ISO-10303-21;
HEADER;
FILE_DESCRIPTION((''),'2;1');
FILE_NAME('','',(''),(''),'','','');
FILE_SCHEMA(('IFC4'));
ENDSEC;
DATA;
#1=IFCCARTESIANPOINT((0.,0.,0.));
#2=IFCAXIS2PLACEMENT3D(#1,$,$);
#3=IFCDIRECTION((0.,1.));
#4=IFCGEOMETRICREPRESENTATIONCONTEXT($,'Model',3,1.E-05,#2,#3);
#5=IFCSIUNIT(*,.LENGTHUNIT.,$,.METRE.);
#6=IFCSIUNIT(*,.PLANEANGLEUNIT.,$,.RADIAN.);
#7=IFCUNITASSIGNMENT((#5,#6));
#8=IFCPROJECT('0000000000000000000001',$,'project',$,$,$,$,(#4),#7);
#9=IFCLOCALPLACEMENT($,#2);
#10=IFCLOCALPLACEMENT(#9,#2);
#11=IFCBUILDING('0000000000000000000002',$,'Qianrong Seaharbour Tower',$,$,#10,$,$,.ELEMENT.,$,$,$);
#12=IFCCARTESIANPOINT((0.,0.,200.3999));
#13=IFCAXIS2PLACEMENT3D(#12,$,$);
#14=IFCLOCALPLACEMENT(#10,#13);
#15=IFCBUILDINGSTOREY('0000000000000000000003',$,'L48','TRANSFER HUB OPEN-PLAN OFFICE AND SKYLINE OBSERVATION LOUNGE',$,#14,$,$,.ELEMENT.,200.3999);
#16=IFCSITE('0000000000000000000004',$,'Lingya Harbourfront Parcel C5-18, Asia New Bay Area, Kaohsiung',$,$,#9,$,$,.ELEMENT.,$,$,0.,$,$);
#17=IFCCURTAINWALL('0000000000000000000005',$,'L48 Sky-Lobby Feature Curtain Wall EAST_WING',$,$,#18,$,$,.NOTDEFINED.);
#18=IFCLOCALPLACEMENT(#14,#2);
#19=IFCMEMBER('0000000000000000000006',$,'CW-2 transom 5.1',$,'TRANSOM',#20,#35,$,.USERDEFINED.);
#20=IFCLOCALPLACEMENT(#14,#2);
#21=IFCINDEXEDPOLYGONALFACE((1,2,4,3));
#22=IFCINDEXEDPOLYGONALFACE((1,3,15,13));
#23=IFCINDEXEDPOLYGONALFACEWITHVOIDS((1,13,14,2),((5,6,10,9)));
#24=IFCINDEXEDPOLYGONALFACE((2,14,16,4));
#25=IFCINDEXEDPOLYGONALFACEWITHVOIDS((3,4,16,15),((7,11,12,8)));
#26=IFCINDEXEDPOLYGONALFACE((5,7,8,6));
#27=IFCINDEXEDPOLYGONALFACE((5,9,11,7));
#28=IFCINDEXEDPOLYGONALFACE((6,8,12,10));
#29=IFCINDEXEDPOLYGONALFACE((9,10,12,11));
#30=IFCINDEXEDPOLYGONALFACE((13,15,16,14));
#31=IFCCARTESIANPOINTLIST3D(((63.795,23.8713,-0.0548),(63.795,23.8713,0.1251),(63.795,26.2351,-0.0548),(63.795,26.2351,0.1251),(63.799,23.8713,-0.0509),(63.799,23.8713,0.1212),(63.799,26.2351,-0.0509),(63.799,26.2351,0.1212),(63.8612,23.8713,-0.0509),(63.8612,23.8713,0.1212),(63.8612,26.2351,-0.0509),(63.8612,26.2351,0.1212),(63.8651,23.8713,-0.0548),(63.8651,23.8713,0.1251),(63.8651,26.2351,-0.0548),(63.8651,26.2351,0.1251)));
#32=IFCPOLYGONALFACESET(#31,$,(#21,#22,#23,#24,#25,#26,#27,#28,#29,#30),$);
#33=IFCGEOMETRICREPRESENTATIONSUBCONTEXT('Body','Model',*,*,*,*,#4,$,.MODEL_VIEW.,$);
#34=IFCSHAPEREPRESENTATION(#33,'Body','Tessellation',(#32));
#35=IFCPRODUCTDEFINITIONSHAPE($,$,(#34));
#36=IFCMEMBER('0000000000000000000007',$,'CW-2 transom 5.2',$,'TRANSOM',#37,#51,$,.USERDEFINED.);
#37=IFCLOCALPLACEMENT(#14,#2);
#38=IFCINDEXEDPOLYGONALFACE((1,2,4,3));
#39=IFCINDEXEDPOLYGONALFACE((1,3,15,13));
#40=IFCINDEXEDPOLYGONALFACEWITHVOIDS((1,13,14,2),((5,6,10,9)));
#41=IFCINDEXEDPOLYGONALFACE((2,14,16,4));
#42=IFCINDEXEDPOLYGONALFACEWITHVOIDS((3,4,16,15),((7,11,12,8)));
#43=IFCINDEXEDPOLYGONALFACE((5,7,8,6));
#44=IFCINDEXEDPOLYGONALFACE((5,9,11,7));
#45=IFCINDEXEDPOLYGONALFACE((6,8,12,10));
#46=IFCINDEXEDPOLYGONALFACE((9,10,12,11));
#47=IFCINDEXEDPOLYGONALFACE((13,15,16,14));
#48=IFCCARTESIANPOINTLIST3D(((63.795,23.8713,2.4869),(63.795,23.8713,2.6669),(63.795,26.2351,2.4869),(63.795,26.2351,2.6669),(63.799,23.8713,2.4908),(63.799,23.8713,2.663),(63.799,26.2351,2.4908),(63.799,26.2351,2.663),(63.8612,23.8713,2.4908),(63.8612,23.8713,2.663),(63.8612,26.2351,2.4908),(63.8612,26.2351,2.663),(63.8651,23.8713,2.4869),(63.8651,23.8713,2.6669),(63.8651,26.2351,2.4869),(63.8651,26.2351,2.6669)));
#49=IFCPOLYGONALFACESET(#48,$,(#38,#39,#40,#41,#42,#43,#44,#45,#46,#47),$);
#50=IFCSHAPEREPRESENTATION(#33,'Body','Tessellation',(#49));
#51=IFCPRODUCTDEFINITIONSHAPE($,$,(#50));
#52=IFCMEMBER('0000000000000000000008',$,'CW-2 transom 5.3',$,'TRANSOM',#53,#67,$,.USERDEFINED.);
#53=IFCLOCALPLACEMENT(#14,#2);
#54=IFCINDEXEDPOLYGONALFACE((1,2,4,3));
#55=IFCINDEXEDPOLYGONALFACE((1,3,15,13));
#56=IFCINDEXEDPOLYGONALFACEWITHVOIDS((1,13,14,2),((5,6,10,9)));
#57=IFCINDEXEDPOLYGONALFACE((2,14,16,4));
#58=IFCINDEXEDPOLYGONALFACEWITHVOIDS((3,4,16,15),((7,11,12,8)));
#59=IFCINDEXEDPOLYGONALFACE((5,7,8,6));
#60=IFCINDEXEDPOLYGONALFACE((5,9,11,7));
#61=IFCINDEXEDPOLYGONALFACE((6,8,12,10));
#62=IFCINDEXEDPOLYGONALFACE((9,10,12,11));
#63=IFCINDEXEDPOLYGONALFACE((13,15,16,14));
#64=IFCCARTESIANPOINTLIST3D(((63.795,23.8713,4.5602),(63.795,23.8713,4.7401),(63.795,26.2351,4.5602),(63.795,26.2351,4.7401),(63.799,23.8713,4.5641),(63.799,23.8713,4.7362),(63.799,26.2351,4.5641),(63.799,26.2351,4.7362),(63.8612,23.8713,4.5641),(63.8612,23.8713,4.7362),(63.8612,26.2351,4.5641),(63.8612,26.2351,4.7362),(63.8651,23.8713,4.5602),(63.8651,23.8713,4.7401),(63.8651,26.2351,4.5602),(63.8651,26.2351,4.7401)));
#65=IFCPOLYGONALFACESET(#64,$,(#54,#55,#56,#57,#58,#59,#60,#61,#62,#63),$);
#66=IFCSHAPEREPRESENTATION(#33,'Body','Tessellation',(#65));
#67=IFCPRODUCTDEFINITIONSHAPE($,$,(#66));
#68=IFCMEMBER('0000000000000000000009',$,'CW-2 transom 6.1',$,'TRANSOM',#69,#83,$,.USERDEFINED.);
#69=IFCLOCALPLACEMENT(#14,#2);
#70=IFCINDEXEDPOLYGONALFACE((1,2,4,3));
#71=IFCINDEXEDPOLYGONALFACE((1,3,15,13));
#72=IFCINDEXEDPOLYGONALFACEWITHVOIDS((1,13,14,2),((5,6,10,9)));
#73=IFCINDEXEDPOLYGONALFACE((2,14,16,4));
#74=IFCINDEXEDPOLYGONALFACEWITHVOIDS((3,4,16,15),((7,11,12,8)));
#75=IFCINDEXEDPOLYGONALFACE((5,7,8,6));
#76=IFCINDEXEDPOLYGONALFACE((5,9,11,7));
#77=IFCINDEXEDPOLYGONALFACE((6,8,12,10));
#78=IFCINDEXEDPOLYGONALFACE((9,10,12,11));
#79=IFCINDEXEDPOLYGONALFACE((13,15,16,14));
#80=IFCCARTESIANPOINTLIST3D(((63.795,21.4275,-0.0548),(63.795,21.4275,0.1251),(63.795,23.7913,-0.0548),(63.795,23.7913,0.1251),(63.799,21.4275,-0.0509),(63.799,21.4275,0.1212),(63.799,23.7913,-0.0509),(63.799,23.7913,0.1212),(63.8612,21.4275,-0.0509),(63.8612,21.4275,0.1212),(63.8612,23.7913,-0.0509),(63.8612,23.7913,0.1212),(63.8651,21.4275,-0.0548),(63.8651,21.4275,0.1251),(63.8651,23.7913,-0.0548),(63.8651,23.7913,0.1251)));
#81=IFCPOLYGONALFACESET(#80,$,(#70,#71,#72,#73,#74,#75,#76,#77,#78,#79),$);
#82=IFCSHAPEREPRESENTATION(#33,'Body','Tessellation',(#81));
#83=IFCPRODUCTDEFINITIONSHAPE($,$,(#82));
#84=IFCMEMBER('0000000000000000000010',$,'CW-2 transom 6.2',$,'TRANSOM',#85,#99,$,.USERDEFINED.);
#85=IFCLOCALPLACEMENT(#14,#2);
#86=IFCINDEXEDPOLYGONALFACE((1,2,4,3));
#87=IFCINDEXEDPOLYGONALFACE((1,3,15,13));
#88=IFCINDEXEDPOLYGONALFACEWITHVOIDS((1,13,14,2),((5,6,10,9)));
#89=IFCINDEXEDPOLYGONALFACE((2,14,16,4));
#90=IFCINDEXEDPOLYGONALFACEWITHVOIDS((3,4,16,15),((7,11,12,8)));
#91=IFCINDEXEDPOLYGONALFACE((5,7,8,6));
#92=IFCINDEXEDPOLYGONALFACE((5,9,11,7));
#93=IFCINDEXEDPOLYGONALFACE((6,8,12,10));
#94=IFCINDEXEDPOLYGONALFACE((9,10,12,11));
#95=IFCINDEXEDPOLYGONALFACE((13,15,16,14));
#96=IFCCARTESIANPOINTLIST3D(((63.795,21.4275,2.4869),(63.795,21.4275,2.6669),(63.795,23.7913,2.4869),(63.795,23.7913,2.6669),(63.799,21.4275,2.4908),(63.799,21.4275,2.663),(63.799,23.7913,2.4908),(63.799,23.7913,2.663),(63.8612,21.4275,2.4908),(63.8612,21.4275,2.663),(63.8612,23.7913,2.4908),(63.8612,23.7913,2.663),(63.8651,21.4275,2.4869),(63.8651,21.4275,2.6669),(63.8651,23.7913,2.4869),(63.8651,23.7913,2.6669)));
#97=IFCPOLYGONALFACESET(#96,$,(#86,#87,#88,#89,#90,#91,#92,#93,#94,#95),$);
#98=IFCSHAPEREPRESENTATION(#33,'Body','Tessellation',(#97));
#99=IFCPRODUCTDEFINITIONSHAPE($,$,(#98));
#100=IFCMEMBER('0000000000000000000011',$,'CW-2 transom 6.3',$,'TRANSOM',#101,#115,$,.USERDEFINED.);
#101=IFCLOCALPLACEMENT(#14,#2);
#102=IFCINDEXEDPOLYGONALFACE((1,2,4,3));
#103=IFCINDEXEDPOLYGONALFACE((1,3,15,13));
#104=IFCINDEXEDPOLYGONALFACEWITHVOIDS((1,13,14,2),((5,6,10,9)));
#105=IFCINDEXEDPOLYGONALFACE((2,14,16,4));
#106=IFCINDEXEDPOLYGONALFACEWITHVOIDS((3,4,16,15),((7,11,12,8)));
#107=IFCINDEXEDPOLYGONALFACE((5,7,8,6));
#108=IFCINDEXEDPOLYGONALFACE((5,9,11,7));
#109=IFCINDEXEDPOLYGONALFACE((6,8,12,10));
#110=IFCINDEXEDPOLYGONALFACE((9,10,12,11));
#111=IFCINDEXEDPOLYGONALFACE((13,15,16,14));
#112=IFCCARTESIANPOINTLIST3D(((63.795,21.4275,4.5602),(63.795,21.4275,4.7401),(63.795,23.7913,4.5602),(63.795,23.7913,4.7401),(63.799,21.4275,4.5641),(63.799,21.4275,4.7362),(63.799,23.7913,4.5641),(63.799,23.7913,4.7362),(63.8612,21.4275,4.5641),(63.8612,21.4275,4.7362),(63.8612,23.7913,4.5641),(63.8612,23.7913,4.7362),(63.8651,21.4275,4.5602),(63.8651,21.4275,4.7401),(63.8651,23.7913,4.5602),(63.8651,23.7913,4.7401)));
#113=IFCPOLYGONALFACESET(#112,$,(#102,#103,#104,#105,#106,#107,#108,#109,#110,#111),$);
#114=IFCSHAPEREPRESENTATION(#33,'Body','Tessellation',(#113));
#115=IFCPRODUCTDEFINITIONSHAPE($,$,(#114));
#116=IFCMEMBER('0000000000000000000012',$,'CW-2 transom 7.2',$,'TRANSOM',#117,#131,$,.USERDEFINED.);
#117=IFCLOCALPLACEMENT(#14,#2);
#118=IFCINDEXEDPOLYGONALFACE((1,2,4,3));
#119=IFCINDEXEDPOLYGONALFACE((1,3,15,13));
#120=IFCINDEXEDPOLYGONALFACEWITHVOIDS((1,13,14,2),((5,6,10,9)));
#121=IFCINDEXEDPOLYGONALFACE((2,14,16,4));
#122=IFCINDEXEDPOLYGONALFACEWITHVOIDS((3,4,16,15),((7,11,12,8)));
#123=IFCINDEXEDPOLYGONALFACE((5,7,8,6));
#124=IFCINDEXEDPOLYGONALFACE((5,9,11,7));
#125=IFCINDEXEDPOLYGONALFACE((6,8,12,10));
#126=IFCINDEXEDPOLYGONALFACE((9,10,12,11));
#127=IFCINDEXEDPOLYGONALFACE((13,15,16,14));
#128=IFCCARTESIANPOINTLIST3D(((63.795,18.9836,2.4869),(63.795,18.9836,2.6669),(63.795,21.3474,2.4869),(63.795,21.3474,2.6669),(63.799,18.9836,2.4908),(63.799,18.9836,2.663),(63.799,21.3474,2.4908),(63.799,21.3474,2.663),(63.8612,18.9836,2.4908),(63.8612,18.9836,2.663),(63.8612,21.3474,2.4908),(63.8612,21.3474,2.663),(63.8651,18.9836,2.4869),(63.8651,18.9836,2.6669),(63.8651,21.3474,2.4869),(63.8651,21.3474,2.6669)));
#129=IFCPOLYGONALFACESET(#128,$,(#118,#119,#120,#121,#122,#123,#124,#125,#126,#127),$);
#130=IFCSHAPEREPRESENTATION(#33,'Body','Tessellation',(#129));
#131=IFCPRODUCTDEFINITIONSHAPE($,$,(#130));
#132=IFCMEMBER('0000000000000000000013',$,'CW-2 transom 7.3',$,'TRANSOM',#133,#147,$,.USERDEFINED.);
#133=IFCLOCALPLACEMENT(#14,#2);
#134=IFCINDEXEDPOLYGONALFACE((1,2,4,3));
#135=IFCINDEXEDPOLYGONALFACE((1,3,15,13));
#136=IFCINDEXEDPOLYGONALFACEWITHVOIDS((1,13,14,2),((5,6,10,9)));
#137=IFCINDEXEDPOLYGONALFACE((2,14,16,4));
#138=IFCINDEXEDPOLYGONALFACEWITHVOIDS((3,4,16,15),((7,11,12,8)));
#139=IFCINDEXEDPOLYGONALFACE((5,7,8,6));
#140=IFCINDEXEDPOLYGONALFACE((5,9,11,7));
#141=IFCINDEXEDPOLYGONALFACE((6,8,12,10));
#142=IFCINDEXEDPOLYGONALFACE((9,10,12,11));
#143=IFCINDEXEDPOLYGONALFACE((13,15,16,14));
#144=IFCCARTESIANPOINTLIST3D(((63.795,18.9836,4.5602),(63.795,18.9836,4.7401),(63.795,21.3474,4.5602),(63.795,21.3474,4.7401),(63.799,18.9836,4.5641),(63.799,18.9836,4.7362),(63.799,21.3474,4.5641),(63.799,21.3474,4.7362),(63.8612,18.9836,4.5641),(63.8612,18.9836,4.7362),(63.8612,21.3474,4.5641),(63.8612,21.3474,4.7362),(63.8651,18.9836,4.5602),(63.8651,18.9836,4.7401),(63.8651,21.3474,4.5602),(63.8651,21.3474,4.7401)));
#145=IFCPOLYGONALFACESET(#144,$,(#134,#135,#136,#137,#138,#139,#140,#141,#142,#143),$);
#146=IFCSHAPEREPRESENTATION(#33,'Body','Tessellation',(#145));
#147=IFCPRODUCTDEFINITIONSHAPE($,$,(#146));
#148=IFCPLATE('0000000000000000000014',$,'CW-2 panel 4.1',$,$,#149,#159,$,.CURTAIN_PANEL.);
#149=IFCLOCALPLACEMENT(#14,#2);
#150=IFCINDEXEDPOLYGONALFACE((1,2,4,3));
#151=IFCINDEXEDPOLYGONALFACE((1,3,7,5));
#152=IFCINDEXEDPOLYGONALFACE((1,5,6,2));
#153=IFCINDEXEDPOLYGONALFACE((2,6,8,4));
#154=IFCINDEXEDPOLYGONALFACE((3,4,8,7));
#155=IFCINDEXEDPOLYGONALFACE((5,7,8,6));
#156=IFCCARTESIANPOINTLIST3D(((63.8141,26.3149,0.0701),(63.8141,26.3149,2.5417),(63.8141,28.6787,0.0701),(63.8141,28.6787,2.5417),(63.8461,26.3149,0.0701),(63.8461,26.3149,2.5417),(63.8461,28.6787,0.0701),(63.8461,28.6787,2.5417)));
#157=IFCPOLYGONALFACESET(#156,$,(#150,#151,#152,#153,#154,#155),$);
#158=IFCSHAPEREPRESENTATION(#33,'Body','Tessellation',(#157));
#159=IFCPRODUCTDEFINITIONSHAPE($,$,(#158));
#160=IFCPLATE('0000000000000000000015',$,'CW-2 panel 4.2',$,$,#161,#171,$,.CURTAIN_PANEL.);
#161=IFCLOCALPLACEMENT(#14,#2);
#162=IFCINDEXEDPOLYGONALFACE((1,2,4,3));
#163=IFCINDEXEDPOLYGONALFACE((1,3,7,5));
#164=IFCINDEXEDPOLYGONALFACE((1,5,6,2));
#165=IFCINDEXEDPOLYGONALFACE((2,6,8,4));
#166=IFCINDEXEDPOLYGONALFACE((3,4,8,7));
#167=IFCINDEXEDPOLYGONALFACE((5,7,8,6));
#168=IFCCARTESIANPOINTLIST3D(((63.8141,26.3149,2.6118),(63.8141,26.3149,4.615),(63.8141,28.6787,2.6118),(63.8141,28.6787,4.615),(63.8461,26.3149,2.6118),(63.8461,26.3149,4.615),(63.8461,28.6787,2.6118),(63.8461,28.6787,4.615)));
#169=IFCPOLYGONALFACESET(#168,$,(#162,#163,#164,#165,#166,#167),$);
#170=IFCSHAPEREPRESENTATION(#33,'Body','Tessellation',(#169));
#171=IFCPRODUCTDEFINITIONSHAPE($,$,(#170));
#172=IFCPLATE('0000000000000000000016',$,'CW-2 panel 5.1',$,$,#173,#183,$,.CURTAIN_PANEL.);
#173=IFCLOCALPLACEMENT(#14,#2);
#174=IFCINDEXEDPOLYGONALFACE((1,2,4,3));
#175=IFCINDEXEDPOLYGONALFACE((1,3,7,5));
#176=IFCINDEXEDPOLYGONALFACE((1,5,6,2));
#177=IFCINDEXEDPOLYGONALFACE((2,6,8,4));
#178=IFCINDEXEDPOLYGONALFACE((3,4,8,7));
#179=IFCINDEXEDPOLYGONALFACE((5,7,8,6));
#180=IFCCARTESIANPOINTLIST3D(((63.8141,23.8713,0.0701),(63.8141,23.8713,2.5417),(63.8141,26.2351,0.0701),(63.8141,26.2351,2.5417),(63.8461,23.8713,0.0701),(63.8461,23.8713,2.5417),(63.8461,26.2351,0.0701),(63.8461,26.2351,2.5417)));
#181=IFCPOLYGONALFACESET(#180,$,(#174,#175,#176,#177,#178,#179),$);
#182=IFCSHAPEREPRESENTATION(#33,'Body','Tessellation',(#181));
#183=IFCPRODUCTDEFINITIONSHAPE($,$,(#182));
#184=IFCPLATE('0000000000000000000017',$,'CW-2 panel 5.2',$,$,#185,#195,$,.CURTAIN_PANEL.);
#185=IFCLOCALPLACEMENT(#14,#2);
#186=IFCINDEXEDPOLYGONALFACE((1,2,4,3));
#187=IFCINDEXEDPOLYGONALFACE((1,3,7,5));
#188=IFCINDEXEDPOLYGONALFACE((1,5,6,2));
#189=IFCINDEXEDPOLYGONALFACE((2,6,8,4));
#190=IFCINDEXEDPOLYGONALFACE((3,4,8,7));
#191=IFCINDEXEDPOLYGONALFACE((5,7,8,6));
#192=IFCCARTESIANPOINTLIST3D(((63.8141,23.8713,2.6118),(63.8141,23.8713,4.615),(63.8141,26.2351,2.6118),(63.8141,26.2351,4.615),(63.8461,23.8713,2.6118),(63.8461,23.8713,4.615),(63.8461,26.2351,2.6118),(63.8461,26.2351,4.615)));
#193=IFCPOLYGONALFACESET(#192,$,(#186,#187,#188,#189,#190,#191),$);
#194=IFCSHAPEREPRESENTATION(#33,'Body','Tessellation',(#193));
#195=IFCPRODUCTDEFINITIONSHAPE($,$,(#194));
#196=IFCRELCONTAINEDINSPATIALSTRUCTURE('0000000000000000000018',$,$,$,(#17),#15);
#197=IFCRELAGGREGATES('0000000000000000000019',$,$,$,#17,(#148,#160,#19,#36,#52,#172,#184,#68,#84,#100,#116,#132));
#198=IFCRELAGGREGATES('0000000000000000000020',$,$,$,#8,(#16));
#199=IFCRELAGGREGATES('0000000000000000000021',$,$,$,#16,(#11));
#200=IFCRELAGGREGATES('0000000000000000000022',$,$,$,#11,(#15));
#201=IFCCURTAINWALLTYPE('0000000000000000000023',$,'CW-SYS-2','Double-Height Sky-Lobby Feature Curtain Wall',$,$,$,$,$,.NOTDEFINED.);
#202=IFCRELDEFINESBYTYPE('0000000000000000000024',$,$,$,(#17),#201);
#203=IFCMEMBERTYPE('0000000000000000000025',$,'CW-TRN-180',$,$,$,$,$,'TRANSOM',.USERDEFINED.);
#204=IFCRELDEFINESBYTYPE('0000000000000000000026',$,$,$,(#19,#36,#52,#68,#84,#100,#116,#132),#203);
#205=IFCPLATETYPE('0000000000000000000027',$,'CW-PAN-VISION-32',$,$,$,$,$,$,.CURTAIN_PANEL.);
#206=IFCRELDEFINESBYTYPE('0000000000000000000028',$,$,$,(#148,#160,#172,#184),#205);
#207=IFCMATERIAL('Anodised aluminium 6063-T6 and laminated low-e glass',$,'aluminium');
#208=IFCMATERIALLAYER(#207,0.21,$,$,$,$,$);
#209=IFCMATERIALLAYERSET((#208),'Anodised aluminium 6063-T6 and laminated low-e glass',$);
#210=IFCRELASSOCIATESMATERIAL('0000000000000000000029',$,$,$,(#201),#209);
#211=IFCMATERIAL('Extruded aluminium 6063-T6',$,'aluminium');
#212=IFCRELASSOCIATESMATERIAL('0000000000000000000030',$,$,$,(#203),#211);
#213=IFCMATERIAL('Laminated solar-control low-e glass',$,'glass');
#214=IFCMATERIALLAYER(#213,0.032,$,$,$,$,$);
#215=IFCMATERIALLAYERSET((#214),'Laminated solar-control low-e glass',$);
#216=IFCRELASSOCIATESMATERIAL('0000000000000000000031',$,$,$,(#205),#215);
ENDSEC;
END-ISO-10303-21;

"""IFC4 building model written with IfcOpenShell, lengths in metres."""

from ifc_helpers import new_model, si_unit, direction, frame, origin, origin_2d, place, context, subcontext, project, spatial, rectangle, hollow_rectangle, extrude, material, layer, layer_set, material_profile, profile_set, type_object, element, aggregate, save


model = new_model("IFC4")

# Units and contexts
model_context = context("Model", 3, precision=1e-05, world=origin(), true_north=direction((0.0, 1.0)))
body_context = subcontext(model_context, "Body", "Model", "MODEL_VIEW")
ifc_project = project(units=[si_unit("LENGTHUNIT", "METRE"), si_unit("PLANEANGLEUNIT", "RADIAN")], contexts=[model_context])

# Site, building, storey
site_placement = place(None, origin())
site = spatial("IfcSite", under=ifc_project, at=site_placement, Name="Lingya Harbourfront Parcel C5-18, Asia New Bay Area, Kaohsiung", CompositionType="ELEMENT", RefElevation=0.0)
building_placement = place(site_placement, origin())
building = spatial("IfcBuilding", under=site, at=building_placement, Name="Qianrong Seaharbour Tower", CompositionType="ELEMENT")
storey_placement = place(building_placement, frame((0.0, 0.0, 200.3999)))
storey = spatial("IfcBuildingStorey", under=building, at=storey_placement, Name="L48", Description="TRANSFER HUB OPEN-PLAN OFFICE AND SKYLINE OBSERVATION LOUNGE", CompositionType="ELEMENT", Elevation=200.3999)

# Curtain wall, members, plates
ifc_material_1 = material(Name="Anodised aluminium 6063-T6 and laminated low-e glass", Category="aluminium")
ifc_layer_1 = layer(ifc_material_1, 0.21)
ifc_layer_set_1 = layer_set([ifc_layer_1], Name="Anodised aluminium 6063-T6 and laminated low-e glass")
curtain_wall_type = type_object("IfcCurtainWallType", Name="CW-SYS-2", Description="Double-Height Sky-Lobby Feature Curtain Wall", PredefinedType="NOTDEFINED", material=ifc_layer_set_1)
curtain_wall_placement = place(storey_placement, origin())
curtain_wall = element("IfcCurtainWall", 1, at=curtain_wall_placement, inside=storey, type_object=curtain_wall_type, Name="L48 Sky-Lobby Feature Curtain Wall EAST_WING", PredefinedType="NOTDEFINED")
ifc_material_2 = material(Name="Extruded aluminium 6063-T6", Category="aluminium")
ifc_material_profile_1 = material_profile(ifc_material_2, hollow_rectangle(XDim=0.0701, YDim=0.1799, WallThickness=0.0039, at=origin_2d()), Name="ALU-TRN-180x70x4")
ifc_profile_set_1 = profile_set([ifc_material_profile_1], Name="Extruded aluminium 6063-T6")
member_type_1 = type_object("IfcMemberType", Name="CW-TRN-180", ElementType="TRANSOM", PredefinedType="USERDEFINED", material=ifc_profile_set_1)
member_1_placement = place(storey_placement, frame((63.8301, 26.2351, 0.0352), z_axis=(0.0, -1.0, 0.0), x_axis=(1.0, 0.0, 0.0)))
member_1 = element("IfcMember", 2, at=member_1_placement, type_object=member_type_1, Name="CW-2 transom 5.1", ObjectType="TRANSOM", PredefinedType="USERDEFINED", context=body_context, shape_type="SweptSolid", body=[
    extrude(hollow_rectangle(XDim=0.0701, YDim=0.1799, WallThickness=0.0039, at=origin_2d()), origin(), (0.0, 0.0, 1.0), 2.3638),
])
member_2_placement = place(storey_placement, frame((63.8301, 26.2351, 2.5769), z_axis=(0.0, -1.0, 0.0), x_axis=(1.0, 0.0, 0.0)))
member_2 = element("IfcMember", 3, at=member_2_placement, type_object=member_type_1, Name="CW-2 transom 5.2", ObjectType="TRANSOM", PredefinedType="USERDEFINED", context=body_context, shape_type="SweptSolid", body=[
    extrude(hollow_rectangle(XDim=0.0701, YDim=0.1799, WallThickness=0.0039, at=origin_2d()), origin(), (0.0, 0.0, 1.0), 2.3638),
])
member_3_placement = place(storey_placement, frame((63.8301, 26.2351, 4.6501), z_axis=(0.0, -1.0, 0.0), x_axis=(1.0, 0.0, 0.0)))
member_3 = element("IfcMember", 4, at=member_3_placement, type_object=member_type_1, Name="CW-2 transom 5.3", ObjectType="TRANSOM", PredefinedType="USERDEFINED", context=body_context, shape_type="SweptSolid", body=[
    extrude(hollow_rectangle(XDim=0.0701, YDim=0.1799, WallThickness=0.0039, at=origin_2d()), origin(), (0.0, 0.0, 1.0), 2.3638),
])
member_4_placement = place(storey_placement, frame((63.8301, 23.7913, 0.0352), z_axis=(0.0, -1.0, 0.0), x_axis=(1.0, 0.0, 0.0)))
member_4 = element("IfcMember", 5, at=member_4_placement, type_object=member_type_1, Name="CW-2 transom 6.1", ObjectType="TRANSOM", PredefinedType="USERDEFINED", context=body_context, shape_type="SweptSolid", body=[
    extrude(hollow_rectangle(XDim=0.0701, YDim=0.1799, WallThickness=0.0039, at=origin_2d()), origin(), (0.0, 0.0, 1.0), 2.3638),
])
member_5_placement = place(storey_placement, frame((63.8301, 23.7913, 2.5769), z_axis=(0.0, -1.0, 0.0), x_axis=(1.0, 0.0, 0.0)))
member_5 = element("IfcMember", 6, at=member_5_placement, type_object=member_type_1, Name="CW-2 transom 6.2", ObjectType="TRANSOM", PredefinedType="USERDEFINED", context=body_context, shape_type="SweptSolid", body=[
    extrude(hollow_rectangle(XDim=0.0701, YDim=0.1799, WallThickness=0.0039, at=origin_2d()), origin(), (0.0, 0.0, 1.0), 2.3638),
])
member_6_placement = place(storey_placement, frame((63.8301, 23.7913, 4.6501), z_axis=(0.0, -1.0, 0.0), x_axis=(1.0, 0.0, 0.0)))
member_6 = element("IfcMember", 7, at=member_6_placement, type_object=member_type_1, Name="CW-2 transom 6.3", ObjectType="TRANSOM", PredefinedType="USERDEFINED", context=body_context, shape_type="SweptSolid", body=[
    extrude(hollow_rectangle(XDim=0.0701, YDim=0.1799, WallThickness=0.0039, at=origin_2d()), origin(), (0.0, 0.0, 1.0), 2.3638),
])
member_7_placement = place(storey_placement, frame((63.8301, 21.3474, 2.5769), z_axis=(0.0, -1.0, 0.0), x_axis=(1.0, 0.0, 0.0)))
member_7 = element("IfcMember", 8, at=member_7_placement, type_object=member_type_1, Name="CW-2 transom 7.2", ObjectType="TRANSOM", PredefinedType="USERDEFINED", context=body_context, shape_type="SweptSolid", body=[
    extrude(hollow_rectangle(XDim=0.0701, YDim=0.1799, WallThickness=0.0039, at=origin_2d()), origin(), (0.0, 0.0, 1.0), 2.3638),
])
member_8_placement = place(storey_placement, frame((63.8301, 21.3474, 4.6501), z_axis=(0.0, -1.0, 0.0), x_axis=(1.0, 0.0, 0.0)))
member_8 = element("IfcMember", 9, at=member_8_placement, type_object=member_type_1, Name="CW-2 transom 7.3", ObjectType="TRANSOM", PredefinedType="USERDEFINED", context=body_context, shape_type="SweptSolid", body=[
    extrude(hollow_rectangle(XDim=0.0701, YDim=0.1799, WallThickness=0.0039, at=origin_2d()), origin(), (0.0, 0.0, 1.0), 2.3638),
])
ifc_material_3 = material(Name="Laminated solar-control low-e glass", Category="glass")
ifc_layer_2 = layer(ifc_material_3, 0.032)
ifc_layer_set_2 = layer_set([ifc_layer_2], Name="Laminated solar-control low-e glass")
plate_type_1 = type_object("IfcPlateType", Name="CW-PAN-VISION-32", PredefinedType="CURTAIN_PANEL", material=ifc_layer_set_2)
plate_1_placement = place(storey_placement, frame((63.8301, 27.4968, 0.0701), z_axis=(0.0, 0.0, 1.0), x_axis=(0.0, -1.0, 0.0)))
plate_1 = element("IfcPlate", 10, at=plate_1_placement, type_object=plate_type_1, Name="CW-2 panel 4.1", PredefinedType="CURTAIN_PANEL", context=body_context, shape_type="SweptSolid", body=[
    extrude(rectangle(XDim=2.3638, YDim=0.032, at=origin_2d()), origin(), (0.0, 0.0, 1.0), 2.4717),
])
plate_2_placement = place(storey_placement, frame((63.8301, 27.4968, 2.6118), z_axis=(0.0, 0.0, 1.0), x_axis=(0.0, -1.0, 0.0)))
plate_2 = element("IfcPlate", 11, at=plate_2_placement, type_object=plate_type_1, Name="CW-2 panel 4.2", PredefinedType="CURTAIN_PANEL", context=body_context, shape_type="SweptSolid", body=[
    extrude(rectangle(XDim=2.3638, YDim=0.032, at=origin_2d()), origin(), (0.0, 0.0, 1.0), 2.0032),
])
plate_3_placement = place(storey_placement, frame((63.8301, 25.0532, 0.0701), z_axis=(0.0, 0.0, 1.0), x_axis=(0.0, -1.0, 0.0)))
plate_3 = element("IfcPlate", 12, at=plate_3_placement, type_object=plate_type_1, Name="CW-2 panel 5.1", PredefinedType="CURTAIN_PANEL", context=body_context, shape_type="SweptSolid", body=[
    extrude(rectangle(XDim=2.3638, YDim=0.032, at=origin_2d()), origin(), (0.0, 0.0, 1.0), 2.4717),
])
plate_4_placement = place(storey_placement, frame((63.8301, 25.0532, 2.6118), z_axis=(0.0, 0.0, 1.0), x_axis=(0.0, -1.0, 0.0)))
plate_4 = element("IfcPlate", 13, at=plate_4_placement, type_object=plate_type_1, Name="CW-2 panel 5.2", PredefinedType="CURTAIN_PANEL", context=body_context, shape_type="SweptSolid", body=[
    extrude(rectangle(XDim=2.3638, YDim=0.032, at=origin_2d()), origin(), (0.0, 0.0, 1.0), 2.0032),
])
aggregate(curtain_wall, [plate_1, plate_2, member_1, member_2, member_3, plate_3, plate_4, member_4, member_5, member_6, member_7, member_8])

save(model, "model.ifc")
